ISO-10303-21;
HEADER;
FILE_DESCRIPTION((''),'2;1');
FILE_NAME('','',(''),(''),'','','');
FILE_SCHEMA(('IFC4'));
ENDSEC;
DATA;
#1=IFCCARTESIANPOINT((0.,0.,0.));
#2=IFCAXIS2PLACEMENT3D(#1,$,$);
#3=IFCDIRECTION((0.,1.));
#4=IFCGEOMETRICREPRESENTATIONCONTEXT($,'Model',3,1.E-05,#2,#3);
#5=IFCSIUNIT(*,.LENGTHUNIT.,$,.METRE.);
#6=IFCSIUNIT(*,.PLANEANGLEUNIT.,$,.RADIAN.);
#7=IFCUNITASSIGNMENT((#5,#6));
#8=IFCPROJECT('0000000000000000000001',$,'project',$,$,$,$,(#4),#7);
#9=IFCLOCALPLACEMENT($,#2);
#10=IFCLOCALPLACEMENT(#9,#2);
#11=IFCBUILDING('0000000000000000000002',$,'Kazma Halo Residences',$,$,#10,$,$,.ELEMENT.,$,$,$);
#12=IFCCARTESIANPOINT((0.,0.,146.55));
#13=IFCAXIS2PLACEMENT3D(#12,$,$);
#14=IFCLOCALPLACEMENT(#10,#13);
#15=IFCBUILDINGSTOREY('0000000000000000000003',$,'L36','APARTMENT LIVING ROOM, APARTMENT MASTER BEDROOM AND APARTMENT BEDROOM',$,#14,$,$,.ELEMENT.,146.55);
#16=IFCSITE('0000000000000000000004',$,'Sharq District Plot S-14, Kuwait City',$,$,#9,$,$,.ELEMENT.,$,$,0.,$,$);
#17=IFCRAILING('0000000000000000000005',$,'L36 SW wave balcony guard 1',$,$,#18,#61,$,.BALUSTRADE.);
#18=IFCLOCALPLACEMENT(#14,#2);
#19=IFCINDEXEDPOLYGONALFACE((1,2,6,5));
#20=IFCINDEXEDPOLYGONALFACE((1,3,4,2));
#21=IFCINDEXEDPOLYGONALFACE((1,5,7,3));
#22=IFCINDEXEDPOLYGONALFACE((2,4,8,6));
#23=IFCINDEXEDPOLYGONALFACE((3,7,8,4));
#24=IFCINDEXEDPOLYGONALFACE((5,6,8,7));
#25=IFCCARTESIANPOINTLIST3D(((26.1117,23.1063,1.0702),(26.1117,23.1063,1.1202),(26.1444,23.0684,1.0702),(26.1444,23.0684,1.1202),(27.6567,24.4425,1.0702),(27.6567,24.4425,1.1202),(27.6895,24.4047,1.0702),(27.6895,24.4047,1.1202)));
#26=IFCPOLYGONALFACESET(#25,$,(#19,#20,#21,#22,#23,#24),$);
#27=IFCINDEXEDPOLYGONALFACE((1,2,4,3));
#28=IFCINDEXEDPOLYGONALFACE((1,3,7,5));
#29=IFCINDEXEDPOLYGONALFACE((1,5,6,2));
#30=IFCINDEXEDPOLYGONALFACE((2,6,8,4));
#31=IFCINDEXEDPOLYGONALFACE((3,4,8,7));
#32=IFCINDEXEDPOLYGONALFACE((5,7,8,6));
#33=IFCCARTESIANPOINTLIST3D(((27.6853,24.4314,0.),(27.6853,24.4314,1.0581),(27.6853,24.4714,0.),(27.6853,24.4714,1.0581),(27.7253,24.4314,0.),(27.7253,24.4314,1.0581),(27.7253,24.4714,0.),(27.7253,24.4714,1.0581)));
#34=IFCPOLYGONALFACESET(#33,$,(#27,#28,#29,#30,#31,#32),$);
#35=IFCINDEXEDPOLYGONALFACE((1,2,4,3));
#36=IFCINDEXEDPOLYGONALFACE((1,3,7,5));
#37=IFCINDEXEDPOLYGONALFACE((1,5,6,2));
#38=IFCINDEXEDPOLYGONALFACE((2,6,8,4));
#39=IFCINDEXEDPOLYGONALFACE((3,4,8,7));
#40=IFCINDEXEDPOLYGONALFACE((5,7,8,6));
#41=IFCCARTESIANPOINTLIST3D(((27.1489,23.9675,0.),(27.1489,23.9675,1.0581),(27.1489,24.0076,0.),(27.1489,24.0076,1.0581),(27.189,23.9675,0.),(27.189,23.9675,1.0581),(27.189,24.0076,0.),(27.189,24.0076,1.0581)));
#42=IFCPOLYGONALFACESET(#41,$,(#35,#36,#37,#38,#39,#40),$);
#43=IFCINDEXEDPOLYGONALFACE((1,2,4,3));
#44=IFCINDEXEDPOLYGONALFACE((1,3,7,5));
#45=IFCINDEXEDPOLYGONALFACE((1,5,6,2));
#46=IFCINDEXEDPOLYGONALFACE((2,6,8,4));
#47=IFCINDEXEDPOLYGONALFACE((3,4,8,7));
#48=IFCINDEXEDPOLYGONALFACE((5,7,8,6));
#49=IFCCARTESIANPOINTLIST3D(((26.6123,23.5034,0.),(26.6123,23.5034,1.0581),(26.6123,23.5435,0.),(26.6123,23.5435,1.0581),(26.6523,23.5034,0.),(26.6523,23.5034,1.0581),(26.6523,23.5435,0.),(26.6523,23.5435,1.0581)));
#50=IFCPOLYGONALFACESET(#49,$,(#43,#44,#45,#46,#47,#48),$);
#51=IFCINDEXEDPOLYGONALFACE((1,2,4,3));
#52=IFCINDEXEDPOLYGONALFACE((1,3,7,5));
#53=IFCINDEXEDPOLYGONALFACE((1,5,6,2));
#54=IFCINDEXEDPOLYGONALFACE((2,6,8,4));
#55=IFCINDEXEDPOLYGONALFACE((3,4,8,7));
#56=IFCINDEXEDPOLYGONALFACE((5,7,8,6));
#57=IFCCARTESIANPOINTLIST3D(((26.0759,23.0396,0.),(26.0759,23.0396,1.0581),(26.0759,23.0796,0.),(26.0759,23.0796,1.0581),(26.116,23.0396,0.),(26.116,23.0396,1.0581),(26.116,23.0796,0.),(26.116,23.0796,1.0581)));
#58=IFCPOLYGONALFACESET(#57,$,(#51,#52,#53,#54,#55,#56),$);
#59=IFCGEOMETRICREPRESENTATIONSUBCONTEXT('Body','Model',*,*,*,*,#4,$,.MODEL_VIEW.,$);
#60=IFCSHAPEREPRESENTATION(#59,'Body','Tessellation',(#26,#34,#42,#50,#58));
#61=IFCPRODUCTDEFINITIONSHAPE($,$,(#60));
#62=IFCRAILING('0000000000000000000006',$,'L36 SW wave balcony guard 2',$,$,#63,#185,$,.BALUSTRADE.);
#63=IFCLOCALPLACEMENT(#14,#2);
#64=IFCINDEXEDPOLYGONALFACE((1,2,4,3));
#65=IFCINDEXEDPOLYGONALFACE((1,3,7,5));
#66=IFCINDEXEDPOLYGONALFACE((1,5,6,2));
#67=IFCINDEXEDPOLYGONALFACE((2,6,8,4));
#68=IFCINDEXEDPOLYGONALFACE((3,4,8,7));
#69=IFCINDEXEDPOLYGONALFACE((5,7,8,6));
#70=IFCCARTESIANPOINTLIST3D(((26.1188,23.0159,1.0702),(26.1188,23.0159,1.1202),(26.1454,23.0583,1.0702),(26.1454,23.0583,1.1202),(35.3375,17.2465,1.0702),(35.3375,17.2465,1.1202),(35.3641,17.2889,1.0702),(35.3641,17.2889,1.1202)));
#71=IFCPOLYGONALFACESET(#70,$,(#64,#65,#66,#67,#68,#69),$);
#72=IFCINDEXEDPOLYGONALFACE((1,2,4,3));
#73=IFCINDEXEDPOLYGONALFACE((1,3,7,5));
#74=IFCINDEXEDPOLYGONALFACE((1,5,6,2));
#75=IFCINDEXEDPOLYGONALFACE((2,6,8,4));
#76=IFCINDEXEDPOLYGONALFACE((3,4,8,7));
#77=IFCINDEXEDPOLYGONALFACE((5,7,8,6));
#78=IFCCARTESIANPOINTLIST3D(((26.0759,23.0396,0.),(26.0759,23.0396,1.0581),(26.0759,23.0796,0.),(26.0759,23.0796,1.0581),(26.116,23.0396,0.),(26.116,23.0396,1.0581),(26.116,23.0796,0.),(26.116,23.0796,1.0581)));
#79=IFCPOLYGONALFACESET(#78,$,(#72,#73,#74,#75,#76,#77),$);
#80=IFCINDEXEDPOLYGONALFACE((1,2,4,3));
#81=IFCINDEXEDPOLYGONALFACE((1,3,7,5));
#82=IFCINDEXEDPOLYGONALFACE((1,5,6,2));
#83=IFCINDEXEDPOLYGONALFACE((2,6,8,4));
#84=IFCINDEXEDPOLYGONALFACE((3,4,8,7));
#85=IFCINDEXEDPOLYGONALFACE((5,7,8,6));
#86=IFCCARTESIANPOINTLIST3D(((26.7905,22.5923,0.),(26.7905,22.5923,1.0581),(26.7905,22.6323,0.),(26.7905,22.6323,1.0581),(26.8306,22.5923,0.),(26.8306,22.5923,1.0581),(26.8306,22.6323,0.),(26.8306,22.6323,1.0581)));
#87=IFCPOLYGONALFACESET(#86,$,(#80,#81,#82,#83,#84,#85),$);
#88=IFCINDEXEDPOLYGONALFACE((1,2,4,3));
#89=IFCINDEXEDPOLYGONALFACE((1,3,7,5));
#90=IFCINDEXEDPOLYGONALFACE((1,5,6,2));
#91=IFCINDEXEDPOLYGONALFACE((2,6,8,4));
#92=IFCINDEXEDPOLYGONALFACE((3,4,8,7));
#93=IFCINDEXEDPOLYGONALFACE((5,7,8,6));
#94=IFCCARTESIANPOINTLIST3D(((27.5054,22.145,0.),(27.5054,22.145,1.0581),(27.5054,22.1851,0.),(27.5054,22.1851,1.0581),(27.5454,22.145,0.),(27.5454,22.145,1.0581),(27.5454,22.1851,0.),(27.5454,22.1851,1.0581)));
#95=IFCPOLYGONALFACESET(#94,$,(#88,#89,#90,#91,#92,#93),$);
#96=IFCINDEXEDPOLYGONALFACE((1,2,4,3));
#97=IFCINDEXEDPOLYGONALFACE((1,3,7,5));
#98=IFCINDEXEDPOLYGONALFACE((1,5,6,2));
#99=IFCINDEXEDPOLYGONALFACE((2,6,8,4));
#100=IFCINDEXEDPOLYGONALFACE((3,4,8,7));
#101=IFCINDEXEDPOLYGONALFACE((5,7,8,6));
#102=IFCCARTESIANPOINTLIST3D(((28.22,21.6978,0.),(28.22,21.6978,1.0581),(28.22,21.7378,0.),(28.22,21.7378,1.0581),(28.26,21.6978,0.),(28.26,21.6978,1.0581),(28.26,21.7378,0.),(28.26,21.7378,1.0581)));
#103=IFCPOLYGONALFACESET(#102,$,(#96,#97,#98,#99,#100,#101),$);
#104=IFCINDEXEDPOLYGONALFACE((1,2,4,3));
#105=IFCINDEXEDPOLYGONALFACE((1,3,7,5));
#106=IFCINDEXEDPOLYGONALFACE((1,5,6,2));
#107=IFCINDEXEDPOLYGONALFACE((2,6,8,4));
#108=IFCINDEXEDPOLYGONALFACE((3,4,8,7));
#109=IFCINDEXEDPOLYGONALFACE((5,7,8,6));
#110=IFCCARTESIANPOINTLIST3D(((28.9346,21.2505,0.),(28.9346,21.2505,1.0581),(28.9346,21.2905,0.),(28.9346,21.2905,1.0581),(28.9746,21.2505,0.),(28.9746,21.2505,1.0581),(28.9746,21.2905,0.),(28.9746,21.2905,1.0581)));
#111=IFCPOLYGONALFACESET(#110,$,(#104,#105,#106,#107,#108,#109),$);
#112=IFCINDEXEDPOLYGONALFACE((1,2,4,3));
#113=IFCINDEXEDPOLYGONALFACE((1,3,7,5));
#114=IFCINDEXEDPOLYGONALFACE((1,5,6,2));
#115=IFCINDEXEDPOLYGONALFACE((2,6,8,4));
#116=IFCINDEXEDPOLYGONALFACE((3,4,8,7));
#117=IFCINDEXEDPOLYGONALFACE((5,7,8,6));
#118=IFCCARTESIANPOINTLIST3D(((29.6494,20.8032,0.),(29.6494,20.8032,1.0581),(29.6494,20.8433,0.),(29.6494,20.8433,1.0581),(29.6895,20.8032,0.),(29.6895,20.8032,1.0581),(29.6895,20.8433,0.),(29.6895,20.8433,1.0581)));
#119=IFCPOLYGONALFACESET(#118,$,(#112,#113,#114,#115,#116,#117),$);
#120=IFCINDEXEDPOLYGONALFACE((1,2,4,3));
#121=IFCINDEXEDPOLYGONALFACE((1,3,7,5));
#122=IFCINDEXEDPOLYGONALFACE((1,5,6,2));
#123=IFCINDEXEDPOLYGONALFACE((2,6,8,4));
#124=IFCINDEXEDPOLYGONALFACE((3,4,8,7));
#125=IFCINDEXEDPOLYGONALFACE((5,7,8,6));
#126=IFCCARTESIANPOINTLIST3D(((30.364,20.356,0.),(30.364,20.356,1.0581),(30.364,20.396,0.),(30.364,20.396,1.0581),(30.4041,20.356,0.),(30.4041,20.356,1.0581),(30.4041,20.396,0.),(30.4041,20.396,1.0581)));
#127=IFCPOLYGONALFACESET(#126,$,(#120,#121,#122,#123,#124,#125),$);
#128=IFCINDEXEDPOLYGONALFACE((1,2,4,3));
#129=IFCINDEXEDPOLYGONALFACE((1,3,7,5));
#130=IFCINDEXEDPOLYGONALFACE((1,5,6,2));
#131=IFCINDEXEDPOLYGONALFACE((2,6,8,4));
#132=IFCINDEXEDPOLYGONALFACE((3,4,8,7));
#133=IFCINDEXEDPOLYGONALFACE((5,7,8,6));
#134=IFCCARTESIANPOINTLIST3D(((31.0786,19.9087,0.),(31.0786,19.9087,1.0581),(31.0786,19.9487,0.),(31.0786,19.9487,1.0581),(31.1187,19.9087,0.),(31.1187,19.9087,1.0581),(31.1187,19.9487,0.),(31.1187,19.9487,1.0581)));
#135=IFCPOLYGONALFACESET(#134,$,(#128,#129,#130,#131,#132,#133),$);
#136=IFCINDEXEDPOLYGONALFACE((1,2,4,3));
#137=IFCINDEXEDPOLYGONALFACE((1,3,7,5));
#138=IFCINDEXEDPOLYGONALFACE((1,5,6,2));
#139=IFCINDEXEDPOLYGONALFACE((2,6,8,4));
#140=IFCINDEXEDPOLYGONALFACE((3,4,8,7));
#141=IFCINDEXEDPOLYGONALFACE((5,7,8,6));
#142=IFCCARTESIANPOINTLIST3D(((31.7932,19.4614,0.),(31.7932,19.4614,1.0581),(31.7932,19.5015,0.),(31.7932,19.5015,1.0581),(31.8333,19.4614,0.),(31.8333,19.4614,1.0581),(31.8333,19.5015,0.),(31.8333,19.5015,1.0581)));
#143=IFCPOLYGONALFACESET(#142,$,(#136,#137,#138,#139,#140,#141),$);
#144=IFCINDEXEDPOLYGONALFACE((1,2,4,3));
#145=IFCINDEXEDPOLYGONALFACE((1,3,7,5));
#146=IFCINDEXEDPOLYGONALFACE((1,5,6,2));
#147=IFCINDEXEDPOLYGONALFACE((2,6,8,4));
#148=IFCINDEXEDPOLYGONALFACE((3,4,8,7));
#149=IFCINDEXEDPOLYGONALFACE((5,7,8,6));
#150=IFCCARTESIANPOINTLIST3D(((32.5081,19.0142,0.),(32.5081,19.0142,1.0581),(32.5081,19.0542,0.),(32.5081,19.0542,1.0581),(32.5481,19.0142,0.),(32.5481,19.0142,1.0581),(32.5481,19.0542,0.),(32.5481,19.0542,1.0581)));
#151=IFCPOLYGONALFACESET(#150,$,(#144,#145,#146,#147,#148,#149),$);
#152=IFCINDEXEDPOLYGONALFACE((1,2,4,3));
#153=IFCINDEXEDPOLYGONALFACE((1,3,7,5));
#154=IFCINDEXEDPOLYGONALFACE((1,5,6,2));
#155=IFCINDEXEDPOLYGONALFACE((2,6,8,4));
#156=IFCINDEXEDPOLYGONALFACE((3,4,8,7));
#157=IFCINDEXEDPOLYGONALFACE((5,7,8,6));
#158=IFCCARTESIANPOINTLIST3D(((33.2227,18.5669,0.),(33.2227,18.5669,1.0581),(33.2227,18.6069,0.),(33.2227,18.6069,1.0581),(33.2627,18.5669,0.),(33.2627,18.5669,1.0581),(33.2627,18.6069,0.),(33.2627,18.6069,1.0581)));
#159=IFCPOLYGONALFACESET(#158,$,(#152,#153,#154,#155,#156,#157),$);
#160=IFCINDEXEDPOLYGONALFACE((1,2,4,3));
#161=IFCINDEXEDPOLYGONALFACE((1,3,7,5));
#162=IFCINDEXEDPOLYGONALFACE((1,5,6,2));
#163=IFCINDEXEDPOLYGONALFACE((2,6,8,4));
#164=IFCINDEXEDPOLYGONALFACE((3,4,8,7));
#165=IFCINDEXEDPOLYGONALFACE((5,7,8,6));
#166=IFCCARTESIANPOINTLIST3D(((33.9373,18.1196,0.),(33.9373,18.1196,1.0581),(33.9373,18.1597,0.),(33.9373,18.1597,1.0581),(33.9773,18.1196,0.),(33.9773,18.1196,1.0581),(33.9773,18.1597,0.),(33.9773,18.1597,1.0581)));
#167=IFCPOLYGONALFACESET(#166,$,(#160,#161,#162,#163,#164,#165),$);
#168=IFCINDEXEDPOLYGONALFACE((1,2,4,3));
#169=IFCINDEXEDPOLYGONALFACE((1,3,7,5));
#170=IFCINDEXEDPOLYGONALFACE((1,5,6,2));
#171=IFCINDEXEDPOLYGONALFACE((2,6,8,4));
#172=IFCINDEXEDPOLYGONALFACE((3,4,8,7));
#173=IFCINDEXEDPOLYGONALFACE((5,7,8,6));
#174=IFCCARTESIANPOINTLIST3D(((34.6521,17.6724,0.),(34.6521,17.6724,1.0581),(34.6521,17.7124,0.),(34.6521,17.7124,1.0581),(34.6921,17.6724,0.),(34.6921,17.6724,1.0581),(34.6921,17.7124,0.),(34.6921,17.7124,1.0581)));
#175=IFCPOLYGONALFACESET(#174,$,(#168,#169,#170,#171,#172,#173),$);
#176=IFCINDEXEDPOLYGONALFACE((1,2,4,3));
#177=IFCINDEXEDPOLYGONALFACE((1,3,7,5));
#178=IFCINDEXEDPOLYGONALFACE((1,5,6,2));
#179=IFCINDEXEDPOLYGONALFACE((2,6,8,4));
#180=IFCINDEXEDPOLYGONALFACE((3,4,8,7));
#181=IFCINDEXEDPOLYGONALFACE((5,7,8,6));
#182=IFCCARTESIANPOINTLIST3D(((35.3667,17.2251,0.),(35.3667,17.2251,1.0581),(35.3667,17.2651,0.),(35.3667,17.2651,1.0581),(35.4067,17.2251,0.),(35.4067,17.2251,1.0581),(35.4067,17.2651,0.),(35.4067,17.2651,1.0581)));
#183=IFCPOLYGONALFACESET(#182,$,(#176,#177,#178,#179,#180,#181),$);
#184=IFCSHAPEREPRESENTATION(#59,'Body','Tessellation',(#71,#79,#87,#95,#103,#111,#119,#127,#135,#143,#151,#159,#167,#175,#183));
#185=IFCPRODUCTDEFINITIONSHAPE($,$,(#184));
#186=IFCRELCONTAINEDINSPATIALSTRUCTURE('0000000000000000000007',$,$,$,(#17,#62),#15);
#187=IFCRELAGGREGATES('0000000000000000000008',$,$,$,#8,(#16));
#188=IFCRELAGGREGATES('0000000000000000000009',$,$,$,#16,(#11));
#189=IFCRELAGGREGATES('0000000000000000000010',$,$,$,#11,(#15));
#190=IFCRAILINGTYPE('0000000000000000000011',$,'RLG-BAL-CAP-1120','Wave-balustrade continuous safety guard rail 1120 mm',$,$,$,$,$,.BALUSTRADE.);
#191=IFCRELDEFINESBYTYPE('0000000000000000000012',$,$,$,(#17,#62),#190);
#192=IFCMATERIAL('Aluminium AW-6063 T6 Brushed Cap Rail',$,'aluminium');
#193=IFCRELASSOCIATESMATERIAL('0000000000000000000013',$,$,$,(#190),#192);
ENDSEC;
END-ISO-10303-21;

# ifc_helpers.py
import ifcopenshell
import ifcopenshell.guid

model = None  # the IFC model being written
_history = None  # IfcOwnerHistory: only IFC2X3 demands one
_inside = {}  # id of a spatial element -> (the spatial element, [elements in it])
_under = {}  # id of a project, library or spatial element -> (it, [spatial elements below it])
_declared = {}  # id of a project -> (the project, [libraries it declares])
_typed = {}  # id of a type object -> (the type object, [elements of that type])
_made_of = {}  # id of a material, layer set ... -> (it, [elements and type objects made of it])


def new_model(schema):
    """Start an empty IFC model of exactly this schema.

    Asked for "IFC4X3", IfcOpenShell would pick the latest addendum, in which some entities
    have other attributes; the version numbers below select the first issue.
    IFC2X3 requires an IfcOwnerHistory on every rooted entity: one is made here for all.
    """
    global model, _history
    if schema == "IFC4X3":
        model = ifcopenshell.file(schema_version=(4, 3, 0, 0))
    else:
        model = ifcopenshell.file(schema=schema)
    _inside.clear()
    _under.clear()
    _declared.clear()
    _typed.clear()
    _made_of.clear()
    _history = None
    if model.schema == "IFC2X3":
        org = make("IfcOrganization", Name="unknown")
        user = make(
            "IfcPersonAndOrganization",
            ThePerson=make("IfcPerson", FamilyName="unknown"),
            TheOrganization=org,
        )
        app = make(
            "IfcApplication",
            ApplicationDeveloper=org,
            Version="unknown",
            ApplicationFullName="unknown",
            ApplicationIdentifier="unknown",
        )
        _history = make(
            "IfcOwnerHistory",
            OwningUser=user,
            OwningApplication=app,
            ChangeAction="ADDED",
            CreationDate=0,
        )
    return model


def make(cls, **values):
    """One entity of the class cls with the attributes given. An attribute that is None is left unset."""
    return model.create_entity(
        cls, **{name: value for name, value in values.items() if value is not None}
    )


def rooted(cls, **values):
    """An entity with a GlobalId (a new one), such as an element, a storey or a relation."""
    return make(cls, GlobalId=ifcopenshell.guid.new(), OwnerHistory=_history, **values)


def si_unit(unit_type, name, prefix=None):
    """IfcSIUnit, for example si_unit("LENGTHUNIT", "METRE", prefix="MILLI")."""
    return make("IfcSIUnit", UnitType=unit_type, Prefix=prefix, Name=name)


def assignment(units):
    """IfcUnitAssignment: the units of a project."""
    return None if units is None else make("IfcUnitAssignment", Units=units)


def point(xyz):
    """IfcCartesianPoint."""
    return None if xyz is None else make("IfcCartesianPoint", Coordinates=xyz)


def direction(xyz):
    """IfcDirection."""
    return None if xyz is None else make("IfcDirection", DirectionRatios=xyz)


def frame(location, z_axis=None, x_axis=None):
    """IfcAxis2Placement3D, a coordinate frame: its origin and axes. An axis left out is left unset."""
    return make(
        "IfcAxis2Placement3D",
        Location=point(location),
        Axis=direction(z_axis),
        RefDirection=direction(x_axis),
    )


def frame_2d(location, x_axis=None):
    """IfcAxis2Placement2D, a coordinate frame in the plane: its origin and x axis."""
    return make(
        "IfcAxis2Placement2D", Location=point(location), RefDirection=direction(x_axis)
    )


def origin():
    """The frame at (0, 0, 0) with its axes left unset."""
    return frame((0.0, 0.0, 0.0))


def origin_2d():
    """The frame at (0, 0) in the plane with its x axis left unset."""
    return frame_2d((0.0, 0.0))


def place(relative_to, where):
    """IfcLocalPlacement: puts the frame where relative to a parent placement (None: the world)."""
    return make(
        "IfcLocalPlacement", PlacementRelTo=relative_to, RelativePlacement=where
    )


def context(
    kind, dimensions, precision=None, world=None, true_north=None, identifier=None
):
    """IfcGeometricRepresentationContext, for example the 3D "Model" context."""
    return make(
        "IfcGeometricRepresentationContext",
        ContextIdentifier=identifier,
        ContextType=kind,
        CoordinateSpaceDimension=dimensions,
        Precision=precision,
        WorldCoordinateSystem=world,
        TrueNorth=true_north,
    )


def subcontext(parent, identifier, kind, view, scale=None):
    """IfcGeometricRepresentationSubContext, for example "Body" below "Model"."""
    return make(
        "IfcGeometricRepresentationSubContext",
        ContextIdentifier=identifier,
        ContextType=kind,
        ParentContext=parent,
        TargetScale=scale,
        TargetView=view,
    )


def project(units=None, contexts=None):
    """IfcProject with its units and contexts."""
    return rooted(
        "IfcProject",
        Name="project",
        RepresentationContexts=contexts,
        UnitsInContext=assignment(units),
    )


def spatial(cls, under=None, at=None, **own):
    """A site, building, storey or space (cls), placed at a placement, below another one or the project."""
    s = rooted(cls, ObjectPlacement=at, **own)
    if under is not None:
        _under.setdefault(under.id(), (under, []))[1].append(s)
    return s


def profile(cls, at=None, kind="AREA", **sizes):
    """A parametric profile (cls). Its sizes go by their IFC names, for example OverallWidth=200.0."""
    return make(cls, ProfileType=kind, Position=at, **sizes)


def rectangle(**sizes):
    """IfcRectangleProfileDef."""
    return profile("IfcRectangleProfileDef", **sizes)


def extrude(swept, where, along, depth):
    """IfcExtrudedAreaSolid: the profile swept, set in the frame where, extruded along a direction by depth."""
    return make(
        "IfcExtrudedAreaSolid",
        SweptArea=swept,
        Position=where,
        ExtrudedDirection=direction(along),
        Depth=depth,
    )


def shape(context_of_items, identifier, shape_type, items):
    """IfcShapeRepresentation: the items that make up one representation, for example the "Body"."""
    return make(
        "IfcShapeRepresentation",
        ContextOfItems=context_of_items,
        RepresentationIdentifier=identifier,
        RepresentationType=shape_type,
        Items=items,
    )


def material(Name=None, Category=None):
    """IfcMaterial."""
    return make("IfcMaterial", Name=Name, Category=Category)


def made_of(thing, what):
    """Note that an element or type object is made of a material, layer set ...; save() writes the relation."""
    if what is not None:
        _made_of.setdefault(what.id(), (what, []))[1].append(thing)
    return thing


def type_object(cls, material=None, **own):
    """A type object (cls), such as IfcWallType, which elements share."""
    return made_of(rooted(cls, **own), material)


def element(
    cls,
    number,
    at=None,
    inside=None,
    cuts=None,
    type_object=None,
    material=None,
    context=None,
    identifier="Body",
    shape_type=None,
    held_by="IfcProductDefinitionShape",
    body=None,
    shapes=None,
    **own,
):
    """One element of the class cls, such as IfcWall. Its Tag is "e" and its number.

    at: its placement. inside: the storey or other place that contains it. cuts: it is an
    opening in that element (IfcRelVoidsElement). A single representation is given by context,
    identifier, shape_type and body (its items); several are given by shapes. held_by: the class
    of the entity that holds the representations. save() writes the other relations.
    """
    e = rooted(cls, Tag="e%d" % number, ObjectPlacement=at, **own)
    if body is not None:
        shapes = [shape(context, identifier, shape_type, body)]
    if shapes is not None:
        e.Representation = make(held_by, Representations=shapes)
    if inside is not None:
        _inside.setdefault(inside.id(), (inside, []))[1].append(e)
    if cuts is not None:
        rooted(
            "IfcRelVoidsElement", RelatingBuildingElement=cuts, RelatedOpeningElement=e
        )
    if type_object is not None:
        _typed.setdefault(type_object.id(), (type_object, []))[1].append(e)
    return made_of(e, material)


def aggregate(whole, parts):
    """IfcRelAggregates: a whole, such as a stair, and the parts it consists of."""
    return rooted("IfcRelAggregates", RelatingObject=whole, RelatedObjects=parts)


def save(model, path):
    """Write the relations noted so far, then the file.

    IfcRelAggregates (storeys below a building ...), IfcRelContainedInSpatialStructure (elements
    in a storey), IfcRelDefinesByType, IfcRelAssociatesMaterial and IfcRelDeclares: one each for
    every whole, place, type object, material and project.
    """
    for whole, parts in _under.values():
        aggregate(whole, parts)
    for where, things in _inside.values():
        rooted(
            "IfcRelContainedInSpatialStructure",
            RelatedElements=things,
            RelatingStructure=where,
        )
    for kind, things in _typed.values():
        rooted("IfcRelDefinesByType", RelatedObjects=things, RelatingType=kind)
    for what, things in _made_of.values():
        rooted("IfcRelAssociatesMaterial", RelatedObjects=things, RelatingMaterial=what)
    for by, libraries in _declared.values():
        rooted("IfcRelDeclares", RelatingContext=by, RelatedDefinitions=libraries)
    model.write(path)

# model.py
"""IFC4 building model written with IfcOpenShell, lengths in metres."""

from ifc_helpers import new_model, si_unit, direction, frame, origin, origin_2d, place, context, subcontext, project, spatial, rectangle, extrude, material, type_object, element, save


model = new_model("IFC4")

# Units and contexts
model_context = context("Model", 3, precision=1e-05, world=origin(), true_north=direction((0.0, 1.0)))
body_context = subcontext(model_context, "Body", "Model", "MODEL_VIEW")
ifc_project = project(units=[si_unit("LENGTHUNIT", "METRE"), si_unit("PLANEANGLEUNIT", "RADIAN")], contexts=[model_context])

# Site, building, storey
site_placement = place(None, origin())
site = spatial("IfcSite", under=ifc_project, at=site_placement, Name="Sharq District Plot S-14, Kuwait City", CompositionType="ELEMENT", RefElevation=0.0)
building_placement = place(site_placement, origin())
building = spatial("IfcBuilding", under=site, at=building_placement, Name="Kazma Halo Residences", CompositionType="ELEMENT")
storey_placement = place(building_placement, frame((0.0, 0.0, 146.55)))
storey = spatial("IfcBuildingStorey", under=building, at=storey_placement, Name="L36", Description="APARTMENT LIVING ROOM, APARTMENT MASTER BEDROOM AND APARTMENT BEDROOM", CompositionType="ELEMENT", Elevation=146.55)

# Railings
ifc_material_1 = material(Name="Aluminium AW-6063 T6 Brushed Cap Rail", Category="aluminium")
railing_type = type_object("IfcRailingType", Name="RLG-BAL-CAP-1120", Description="Wave-balustrade continuous safety guard rail 1120 mm", PredefinedType="BALUSTRADE", material=ifc_material_1)
railing_1_placement = place(storey_placement, frame((27.7053, 24.4514, 0.0)))
element("IfcRailing", 1, at=railing_1_placement, inside=storey, type_object=railing_type, Name="L36 SW wave balcony guard 1", PredefinedType="BALUSTRADE", context=body_context, shape_type="SweptSolid", body=[
    extrude(rectangle(XDim=0.05, YDim=0.05, at=origin_2d()), frame((-0.0322, -0.0278, 1.0952), z_axis=(-0.756374, -0.65414, 0.0), x_axis=(0.65414, -0.756374, 0.0)), (0.0, 0.0, 1.0), 2.0427),
    extrude(rectangle(XDim=0.04, YDim=0.04, at=origin_2d()), origin(), (0.0, 0.0, 1.0), 1.0581),
    extrude(rectangle(XDim=0.04, YDim=0.04, at=origin_2d()), frame((-0.5364, -0.4639, 0.0)), (0.0, 0.0, 1.0), 1.0581),
    extrude(rectangle(XDim=0.04, YDim=0.04, at=origin_2d()), frame((-1.073, -0.928, 0.0)), (0.0, 0.0, 1.0), 1.0581),
    extrude(rectangle(XDim=0.04, YDim=0.04, at=origin_2d()), frame((-1.6094, -1.3918, 0.0)), (0.0, 0.0, 1.0), 1.0581),
])
railing_2_placement = place(storey_placement, frame((26.0959, 23.0596, 0.0)))
element("IfcRailing", 2, at=railing_2_placement, inside=storey, type_object=railing_type, Name="L36 SW wave balcony guard 2", PredefinedType="BALUSTRADE", context=body_context, shape_type="SweptSolid", body=[
    extrude(rectangle(XDim=0.05, YDim=0.05, at=origin_2d()), frame((0.0361, -0.0225, 1.0952), z_axis=(0.847682, -0.530505, 0.0), x_axis=(0.530505, 0.847682, 0.0)), (0.0, 0.0, 1.0), 10.8752),
    extrude(rectangle(XDim=0.04, YDim=0.04, at=origin_2d()), origin(), (0.0, 0.0, 1.0), 1.0581),
    extrude(rectangle(XDim=0.04, YDim=0.04, at=origin_2d()), frame((0.7146, -0.4473, 0.0)), (0.0, 0.0, 1.0), 1.0581),
    extrude(rectangle(XDim=0.04, YDim=0.04, at=origin_2d()), frame((1.4294, -0.8945, 0.0)), (0.0, 0.0, 1.0), 1.0581),
    extrude(rectangle(XDim=0.04, YDim=0.04, at=origin_2d()), frame((2.144, -1.3418, 0.0)), (0.0, 0.0, 1.0), 1.0581),
    extrude(rectangle(XDim=0.04, YDim=0.04, at=origin_2d()), frame((2.8586, -1.7891, 0.0)), (0.0, 0.0, 1.0), 1.0581),
    extrude(rectangle(XDim=0.04, YDim=0.04, at=origin_2d()), frame((3.5735, -2.2363, 0.0)), (0.0, 0.0, 1.0), 1.0581),
    extrude(rectangle(XDim=0.04, YDim=0.04, at=origin_2d()), frame((4.2881, -2.6836, 0.0)), (0.0, 0.0, 1.0), 1.0581),
    extrude(rectangle(XDim=0.04, YDim=0.04, at=origin_2d()), frame((5.0027, -3.1309, 0.0)), (0.0, 0.0, 1.0), 1.0581),
    extrude(rectangle(XDim=0.04, YDim=0.04, at=origin_2d()), frame((5.7173, -3.5781, 0.0)), (0.0, 0.0, 1.0), 1.0581),
    extrude(rectangle(XDim=0.04, YDim=0.04, at=origin_2d()), frame((6.4321, -4.0254, 0.0)), (0.0, 0.0, 1.0), 1.0581),
    extrude(rectangle(XDim=0.04, YDim=0.04, at=origin_2d()), frame((7.1467, -4.4727, 0.0)), (0.0, 0.0, 1.0), 1.0581),
    extrude(rectangle(XDim=0.04, YDim=0.04, at=origin_2d()), frame((7.8613, -4.9199, 0.0)), (0.0, 0.0, 1.0), 1.0581),
    extrude(rectangle(XDim=0.04, YDim=0.04, at=origin_2d()), frame((8.5762, -5.3672, 0.0)), (0.0, 0.0, 1.0), 1.0581),
    extrude(rectangle(XDim=0.04, YDim=0.04, at=origin_2d()), frame((9.2908, -5.8145, 0.0)), (0.0, 0.0, 1.0), 1.0581),
])

save(model, "model.ifc")
